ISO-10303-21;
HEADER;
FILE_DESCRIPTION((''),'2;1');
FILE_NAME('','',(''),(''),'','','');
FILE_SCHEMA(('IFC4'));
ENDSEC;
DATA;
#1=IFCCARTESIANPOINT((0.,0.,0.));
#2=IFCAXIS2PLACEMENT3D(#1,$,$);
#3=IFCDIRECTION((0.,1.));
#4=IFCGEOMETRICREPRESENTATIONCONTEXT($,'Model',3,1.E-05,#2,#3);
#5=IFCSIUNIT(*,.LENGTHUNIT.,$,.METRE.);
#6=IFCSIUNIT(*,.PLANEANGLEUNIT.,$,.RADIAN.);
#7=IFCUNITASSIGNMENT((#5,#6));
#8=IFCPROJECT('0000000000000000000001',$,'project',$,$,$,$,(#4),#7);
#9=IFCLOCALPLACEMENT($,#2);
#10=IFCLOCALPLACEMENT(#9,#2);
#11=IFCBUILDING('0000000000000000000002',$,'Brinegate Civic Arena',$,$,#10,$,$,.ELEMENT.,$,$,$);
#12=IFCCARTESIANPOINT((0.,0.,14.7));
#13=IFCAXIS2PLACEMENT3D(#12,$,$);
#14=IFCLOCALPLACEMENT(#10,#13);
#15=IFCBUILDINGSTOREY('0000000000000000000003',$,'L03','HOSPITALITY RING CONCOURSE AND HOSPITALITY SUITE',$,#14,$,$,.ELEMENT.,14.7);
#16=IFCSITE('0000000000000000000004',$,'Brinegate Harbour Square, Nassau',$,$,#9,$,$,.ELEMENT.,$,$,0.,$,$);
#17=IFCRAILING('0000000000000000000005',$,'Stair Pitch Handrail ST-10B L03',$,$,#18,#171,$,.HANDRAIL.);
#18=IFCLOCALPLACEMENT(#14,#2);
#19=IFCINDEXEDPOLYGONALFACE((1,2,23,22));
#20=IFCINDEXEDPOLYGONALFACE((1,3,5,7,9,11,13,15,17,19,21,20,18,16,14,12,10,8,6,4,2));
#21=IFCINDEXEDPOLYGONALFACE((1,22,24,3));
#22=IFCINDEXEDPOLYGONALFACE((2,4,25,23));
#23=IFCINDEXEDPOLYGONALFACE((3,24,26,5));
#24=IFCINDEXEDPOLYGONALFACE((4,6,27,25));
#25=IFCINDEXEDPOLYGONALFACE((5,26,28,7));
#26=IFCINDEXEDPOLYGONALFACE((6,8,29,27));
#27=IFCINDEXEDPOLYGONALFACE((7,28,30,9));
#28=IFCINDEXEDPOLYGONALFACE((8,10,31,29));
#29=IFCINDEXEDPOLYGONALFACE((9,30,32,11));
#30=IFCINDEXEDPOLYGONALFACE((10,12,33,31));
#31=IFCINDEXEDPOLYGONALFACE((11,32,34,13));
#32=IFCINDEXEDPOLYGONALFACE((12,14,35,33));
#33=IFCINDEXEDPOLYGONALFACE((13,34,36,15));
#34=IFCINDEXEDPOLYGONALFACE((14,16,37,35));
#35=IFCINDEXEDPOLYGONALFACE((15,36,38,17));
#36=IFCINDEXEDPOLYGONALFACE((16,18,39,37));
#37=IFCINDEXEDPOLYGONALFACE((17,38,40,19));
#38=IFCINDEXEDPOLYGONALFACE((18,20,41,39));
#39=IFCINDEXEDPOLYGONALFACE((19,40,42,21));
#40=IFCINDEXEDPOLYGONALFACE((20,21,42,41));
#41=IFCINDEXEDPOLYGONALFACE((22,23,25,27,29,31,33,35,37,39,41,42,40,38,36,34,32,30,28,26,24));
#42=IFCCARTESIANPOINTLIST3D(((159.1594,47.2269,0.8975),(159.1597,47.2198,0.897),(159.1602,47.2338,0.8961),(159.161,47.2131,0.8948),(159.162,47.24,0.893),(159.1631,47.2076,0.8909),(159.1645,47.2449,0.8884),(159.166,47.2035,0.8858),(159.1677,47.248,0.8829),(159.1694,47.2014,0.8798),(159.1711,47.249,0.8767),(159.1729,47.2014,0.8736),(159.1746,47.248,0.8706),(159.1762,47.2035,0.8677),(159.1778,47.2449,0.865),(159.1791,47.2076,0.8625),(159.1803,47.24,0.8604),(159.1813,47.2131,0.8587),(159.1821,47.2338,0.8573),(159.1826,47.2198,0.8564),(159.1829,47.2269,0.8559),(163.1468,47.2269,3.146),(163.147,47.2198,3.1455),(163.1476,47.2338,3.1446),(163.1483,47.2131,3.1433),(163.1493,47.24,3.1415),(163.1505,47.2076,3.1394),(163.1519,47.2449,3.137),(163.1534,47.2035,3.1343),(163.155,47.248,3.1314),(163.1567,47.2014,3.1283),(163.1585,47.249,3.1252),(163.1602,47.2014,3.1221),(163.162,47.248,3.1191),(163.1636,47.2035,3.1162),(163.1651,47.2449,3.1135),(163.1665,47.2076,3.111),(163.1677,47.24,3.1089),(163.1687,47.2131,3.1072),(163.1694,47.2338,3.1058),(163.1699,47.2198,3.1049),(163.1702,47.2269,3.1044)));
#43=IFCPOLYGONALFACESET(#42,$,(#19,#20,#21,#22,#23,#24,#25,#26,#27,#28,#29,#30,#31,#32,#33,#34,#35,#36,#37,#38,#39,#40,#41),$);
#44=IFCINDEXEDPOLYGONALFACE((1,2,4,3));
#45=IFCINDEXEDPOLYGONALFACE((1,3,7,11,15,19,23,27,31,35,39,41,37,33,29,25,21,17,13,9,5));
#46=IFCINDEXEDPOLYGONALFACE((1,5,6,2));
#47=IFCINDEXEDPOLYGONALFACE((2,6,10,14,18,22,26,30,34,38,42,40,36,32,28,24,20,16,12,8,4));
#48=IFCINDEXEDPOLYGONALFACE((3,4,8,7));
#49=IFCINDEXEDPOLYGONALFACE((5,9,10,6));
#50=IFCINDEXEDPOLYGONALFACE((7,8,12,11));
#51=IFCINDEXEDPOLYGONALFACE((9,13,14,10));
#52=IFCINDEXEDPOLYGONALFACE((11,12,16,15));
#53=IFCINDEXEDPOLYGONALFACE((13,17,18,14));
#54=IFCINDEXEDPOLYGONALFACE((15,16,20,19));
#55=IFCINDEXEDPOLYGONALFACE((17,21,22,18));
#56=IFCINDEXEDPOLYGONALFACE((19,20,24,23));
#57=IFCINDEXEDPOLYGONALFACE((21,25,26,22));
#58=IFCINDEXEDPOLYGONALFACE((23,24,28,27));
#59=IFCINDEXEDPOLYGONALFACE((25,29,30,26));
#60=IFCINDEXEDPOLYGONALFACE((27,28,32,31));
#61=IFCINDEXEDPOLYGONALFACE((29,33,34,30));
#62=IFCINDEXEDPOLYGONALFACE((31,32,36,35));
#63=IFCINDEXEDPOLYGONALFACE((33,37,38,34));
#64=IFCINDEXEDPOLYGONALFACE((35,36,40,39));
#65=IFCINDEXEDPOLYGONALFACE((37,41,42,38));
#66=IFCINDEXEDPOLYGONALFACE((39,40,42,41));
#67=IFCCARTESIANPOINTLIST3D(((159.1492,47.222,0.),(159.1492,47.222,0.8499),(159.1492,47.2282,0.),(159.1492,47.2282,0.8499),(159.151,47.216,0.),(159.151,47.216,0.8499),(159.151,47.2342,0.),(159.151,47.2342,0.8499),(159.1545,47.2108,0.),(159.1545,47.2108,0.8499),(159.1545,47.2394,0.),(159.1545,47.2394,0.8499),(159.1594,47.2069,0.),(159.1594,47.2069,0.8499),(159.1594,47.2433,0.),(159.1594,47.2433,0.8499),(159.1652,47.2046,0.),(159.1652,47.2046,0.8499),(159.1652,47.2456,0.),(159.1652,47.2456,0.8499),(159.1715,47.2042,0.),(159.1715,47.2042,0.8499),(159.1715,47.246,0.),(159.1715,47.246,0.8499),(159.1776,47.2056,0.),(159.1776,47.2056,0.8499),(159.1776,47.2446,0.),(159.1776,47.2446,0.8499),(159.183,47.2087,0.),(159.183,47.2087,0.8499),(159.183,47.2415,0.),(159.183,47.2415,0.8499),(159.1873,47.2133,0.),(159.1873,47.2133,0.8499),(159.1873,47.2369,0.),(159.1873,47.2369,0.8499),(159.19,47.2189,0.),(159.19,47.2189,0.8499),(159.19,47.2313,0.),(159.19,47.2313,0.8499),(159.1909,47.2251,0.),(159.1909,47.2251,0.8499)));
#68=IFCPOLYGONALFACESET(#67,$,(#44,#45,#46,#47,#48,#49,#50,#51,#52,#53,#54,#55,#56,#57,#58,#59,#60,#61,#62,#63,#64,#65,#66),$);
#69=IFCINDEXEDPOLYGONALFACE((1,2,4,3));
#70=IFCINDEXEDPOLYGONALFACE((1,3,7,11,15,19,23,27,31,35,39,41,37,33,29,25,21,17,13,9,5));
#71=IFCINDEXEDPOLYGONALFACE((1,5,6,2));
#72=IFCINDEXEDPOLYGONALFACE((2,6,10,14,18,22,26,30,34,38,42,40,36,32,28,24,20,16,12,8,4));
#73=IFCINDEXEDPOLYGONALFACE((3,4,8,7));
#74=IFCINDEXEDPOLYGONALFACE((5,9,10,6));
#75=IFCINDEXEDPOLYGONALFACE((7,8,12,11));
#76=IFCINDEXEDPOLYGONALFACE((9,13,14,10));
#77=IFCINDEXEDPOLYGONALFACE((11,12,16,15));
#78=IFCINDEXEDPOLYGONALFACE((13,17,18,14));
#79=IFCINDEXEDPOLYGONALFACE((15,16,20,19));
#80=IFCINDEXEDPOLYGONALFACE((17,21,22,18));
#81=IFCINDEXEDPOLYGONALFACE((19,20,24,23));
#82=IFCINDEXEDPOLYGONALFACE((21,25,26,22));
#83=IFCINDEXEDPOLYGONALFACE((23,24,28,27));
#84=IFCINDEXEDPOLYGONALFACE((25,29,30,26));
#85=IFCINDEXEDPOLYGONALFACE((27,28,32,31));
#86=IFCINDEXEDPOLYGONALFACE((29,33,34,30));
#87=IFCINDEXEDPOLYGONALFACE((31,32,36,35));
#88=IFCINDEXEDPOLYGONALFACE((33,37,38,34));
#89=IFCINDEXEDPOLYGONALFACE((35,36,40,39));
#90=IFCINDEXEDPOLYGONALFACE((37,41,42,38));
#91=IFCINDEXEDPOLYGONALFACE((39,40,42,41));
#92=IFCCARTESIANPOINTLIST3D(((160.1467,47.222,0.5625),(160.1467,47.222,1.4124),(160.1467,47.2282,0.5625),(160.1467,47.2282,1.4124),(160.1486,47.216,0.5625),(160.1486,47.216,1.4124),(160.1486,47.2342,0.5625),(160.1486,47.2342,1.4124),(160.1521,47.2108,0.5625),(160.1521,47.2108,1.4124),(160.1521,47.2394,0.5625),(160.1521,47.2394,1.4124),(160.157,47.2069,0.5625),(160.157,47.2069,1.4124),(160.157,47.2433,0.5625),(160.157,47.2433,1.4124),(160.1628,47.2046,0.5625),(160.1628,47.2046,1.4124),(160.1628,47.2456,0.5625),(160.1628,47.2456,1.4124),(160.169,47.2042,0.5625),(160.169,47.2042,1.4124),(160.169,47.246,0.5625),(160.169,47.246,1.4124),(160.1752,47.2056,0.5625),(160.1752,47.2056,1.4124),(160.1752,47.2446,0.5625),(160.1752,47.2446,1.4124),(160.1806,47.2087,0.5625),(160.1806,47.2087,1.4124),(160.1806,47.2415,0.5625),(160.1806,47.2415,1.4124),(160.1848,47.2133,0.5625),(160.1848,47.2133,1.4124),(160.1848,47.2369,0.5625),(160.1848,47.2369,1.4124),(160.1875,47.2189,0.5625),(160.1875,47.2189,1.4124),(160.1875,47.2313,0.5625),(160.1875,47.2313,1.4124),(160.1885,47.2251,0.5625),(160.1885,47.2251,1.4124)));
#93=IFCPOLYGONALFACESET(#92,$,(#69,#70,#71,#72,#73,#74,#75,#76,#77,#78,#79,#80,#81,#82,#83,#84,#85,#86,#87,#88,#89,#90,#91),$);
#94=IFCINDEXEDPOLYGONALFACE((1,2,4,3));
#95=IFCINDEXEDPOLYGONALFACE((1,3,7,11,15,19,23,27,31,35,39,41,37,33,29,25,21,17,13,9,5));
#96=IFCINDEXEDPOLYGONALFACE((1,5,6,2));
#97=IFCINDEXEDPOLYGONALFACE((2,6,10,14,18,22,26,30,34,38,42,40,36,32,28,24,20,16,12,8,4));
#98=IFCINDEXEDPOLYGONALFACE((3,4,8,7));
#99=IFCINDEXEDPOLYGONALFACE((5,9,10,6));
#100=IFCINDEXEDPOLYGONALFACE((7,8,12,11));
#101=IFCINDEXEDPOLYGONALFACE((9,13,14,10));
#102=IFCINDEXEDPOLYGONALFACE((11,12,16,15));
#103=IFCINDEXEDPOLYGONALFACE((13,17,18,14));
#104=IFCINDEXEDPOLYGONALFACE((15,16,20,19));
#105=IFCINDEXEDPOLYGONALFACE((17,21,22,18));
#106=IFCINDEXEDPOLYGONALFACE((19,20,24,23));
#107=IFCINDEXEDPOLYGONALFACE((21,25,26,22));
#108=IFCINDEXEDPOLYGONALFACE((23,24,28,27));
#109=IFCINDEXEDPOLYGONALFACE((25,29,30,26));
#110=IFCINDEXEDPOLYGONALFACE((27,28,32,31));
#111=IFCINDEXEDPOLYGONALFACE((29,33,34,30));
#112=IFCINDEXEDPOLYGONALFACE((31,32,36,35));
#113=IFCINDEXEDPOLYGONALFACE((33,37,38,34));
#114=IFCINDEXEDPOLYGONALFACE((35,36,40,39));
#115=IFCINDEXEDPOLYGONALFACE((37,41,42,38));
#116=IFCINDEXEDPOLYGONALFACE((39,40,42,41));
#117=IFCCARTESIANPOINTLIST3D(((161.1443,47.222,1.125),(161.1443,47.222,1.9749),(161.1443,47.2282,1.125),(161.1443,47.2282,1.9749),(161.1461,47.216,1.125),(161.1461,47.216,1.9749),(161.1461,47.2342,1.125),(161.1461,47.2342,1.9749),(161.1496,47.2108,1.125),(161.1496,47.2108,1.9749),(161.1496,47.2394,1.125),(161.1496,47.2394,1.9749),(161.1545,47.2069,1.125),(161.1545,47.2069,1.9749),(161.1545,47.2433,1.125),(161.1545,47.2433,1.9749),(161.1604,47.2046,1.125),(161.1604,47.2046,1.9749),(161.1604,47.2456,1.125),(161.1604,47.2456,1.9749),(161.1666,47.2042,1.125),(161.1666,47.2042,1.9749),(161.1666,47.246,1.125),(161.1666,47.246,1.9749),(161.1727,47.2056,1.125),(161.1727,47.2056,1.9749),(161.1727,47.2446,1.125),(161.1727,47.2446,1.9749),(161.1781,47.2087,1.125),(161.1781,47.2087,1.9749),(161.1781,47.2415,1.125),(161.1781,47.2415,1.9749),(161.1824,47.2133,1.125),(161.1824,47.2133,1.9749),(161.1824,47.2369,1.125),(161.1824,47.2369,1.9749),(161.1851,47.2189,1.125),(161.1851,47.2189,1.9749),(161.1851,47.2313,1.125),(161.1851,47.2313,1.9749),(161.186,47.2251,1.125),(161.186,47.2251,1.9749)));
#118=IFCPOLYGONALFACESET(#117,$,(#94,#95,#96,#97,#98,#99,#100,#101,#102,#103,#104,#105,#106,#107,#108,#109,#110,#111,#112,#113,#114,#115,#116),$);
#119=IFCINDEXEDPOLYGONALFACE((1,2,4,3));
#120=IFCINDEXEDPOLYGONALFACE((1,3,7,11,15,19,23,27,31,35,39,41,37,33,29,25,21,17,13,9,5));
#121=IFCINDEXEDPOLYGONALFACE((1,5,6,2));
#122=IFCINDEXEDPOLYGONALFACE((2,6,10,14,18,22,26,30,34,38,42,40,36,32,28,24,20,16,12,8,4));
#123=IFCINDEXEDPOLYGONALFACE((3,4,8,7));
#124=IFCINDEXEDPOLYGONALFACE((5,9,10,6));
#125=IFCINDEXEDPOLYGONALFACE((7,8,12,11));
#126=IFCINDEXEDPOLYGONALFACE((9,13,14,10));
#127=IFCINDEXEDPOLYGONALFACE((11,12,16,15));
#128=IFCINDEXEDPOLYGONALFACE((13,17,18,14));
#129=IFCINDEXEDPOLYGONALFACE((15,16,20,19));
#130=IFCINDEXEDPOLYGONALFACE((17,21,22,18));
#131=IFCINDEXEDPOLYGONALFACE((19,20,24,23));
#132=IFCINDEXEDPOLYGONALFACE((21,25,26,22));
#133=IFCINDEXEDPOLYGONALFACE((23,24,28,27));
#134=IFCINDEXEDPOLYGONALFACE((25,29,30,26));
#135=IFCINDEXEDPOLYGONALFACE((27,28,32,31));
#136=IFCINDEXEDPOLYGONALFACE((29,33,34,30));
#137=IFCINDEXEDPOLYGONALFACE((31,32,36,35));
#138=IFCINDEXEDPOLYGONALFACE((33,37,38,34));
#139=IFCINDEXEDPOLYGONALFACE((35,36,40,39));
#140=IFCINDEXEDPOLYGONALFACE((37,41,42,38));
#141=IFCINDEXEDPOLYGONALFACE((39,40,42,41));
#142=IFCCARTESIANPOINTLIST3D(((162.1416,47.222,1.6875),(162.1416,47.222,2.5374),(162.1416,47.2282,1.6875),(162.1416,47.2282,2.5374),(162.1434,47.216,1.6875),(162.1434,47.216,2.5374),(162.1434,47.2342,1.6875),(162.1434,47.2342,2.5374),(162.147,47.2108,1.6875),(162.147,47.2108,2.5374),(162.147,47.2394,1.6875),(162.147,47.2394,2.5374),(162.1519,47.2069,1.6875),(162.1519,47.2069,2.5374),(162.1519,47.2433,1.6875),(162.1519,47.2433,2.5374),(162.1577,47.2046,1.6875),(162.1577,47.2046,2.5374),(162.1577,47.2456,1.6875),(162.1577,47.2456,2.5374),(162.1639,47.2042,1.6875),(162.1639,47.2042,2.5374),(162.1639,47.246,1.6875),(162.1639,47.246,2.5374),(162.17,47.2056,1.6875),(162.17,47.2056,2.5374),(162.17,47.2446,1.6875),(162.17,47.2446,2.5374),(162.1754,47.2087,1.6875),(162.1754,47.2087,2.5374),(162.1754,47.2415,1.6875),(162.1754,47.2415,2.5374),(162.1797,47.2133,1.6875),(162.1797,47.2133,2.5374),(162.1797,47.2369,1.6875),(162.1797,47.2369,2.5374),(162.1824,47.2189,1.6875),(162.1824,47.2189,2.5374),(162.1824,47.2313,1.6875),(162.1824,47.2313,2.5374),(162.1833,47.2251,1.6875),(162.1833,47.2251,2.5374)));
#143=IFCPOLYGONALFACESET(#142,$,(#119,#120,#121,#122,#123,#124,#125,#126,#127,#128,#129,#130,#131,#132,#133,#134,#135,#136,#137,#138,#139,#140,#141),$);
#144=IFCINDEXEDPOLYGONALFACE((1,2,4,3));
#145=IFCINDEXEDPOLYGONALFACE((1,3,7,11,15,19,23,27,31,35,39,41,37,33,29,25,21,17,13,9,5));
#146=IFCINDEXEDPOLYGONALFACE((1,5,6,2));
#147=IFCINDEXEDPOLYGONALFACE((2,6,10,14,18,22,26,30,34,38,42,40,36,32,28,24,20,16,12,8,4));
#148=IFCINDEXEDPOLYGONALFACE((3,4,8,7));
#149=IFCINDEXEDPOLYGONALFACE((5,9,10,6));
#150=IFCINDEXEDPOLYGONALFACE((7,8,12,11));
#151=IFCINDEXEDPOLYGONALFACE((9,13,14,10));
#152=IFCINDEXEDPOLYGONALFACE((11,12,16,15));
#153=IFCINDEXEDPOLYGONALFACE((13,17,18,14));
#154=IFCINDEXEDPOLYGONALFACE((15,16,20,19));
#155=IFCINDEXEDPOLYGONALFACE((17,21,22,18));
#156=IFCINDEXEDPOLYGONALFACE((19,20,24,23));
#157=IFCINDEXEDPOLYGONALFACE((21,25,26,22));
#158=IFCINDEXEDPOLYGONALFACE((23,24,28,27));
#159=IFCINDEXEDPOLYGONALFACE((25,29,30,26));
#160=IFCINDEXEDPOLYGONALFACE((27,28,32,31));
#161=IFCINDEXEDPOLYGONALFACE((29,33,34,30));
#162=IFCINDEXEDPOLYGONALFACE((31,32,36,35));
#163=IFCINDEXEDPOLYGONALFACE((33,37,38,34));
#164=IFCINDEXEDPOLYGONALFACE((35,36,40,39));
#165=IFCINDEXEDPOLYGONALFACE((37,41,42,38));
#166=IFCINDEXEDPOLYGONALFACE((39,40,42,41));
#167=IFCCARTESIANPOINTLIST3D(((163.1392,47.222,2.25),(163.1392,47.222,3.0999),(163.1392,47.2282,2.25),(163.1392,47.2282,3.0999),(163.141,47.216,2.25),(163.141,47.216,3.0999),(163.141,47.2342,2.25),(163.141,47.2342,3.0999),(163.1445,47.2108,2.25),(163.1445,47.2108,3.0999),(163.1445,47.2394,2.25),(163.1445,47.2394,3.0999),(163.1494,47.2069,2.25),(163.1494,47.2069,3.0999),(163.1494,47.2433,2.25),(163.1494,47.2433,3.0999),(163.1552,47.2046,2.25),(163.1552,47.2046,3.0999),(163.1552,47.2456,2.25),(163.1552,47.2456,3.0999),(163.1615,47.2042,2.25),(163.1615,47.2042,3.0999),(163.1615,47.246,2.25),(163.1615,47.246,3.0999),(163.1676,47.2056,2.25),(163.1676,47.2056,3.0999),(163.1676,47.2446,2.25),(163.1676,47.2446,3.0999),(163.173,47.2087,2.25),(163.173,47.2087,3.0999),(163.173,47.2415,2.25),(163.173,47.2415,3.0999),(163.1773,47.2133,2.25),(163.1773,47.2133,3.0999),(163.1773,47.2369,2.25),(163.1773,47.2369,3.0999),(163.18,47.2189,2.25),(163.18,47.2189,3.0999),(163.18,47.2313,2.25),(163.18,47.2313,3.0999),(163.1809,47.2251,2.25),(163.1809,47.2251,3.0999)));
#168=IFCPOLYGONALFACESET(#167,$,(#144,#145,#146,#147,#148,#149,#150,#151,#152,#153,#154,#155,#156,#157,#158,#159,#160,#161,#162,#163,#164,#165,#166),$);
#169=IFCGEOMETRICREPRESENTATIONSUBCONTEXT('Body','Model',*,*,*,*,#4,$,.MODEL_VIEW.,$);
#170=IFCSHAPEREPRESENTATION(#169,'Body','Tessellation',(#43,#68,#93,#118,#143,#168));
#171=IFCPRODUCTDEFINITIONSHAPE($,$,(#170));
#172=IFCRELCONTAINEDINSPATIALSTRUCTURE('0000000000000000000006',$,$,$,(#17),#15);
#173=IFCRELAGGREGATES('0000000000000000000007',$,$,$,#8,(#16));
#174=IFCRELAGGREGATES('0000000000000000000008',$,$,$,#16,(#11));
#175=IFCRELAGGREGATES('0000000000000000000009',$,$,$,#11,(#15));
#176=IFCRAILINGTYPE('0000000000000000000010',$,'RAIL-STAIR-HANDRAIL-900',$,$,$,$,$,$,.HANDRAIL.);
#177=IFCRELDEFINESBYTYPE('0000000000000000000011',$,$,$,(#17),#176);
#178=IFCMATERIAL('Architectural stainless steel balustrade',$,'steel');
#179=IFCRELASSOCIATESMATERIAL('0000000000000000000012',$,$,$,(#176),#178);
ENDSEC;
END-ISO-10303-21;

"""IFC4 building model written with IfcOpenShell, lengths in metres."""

from ifc_helpers import new_model, si_unit, direction, frame, origin, origin_2d, place, context, subcontext, project, spatial, circle, extrude, material, type_object, element, save


model = new_model("IFC4")

# Units and contexts
model_context = context("Model", 3, precision=1e-05, world=origin(), true_north=direction((0.0, 1.0)))
body_context = subcontext(model_context, "Body", "Model", "MODEL_VIEW")
ifc_project = project(units=[si_unit("LENGTHUNIT", "METRE"), si_unit("PLANEANGLEUNIT", "RADIAN")], contexts=[model_context])

# Site, building, storey
site_placement = place(None, origin())
site = spatial("IfcSite", under=ifc_project, at=site_placement, Name="Brinegate Harbour Square, Nassau", CompositionType="ELEMENT", RefElevation=0.0)
building_placement = place(site_placement, origin())
building = spatial("IfcBuilding", under=site, at=building_placement, Name="Brinegate Civic Arena", CompositionType="ELEMENT")
storey_placement = place(building_placement, frame((0.0, 0.0, 14.7)))
storey = spatial("IfcBuildingStorey", under=building, at=storey_placement, Name="L03", Description="HOSPITALITY RING CONCOURSE AND HOSPITALITY SUITE", CompositionType="ELEMENT", Elevation=14.7)

# Railing
ifc_material_1 = material(Name="Architectural stainless steel balustrade", Category="steel")
railing_type = type_object("IfcRailingType", Name="RAIL-STAIR-HANDRAIL-900", PredefinedType="HANDRAIL", material=ifc_material_1)
railing_placement = place(storey_placement, frame((159.1699, 47.2251, 0.0)))
element("IfcRailing", 1, at=railing_placement, inside=storey, type_object=railing_type, Name="Stair Pitch Handrail ST-10B L03", PredefinedType="HANDRAIL", context=body_context, shape_type="SweptSolid", body=[
    extrude(circle(Radius=0.0239, at=origin_2d()), frame((0.0012, 0.0, 0.8767), z_axis=(0.87105, 0.0, 0.491195), x_axis=(0.0, 1.0, 0.0)), (0.0, 0.0, 1.0), 4.5776),
    extrude(circle(Radius=0.021, at=origin_2d()), origin(), (0.0, 0.0, 1.0), 0.8499),
    extrude(circle(Radius=0.021, at=origin_2d()), frame((0.9976, 0.0, 0.5625)), (0.0, 0.0, 1.0), 0.8499),
    extrude(circle(Radius=0.021, at=origin_2d()), frame((1.9951, 0.0, 1.125)), (0.0, 0.0, 1.0), 0.8499),
    extrude(circle(Radius=0.021, at=origin_2d()), frame((2.9924, 0.0, 1.6875)), (0.0, 0.0, 1.0), 0.8499),
    extrude(circle(Radius=0.021, at=origin_2d()), frame((3.99, 0.0, 2.25)), (0.0, 0.0, 1.0), 0.8499),
])

save(model, "model.ifc")
